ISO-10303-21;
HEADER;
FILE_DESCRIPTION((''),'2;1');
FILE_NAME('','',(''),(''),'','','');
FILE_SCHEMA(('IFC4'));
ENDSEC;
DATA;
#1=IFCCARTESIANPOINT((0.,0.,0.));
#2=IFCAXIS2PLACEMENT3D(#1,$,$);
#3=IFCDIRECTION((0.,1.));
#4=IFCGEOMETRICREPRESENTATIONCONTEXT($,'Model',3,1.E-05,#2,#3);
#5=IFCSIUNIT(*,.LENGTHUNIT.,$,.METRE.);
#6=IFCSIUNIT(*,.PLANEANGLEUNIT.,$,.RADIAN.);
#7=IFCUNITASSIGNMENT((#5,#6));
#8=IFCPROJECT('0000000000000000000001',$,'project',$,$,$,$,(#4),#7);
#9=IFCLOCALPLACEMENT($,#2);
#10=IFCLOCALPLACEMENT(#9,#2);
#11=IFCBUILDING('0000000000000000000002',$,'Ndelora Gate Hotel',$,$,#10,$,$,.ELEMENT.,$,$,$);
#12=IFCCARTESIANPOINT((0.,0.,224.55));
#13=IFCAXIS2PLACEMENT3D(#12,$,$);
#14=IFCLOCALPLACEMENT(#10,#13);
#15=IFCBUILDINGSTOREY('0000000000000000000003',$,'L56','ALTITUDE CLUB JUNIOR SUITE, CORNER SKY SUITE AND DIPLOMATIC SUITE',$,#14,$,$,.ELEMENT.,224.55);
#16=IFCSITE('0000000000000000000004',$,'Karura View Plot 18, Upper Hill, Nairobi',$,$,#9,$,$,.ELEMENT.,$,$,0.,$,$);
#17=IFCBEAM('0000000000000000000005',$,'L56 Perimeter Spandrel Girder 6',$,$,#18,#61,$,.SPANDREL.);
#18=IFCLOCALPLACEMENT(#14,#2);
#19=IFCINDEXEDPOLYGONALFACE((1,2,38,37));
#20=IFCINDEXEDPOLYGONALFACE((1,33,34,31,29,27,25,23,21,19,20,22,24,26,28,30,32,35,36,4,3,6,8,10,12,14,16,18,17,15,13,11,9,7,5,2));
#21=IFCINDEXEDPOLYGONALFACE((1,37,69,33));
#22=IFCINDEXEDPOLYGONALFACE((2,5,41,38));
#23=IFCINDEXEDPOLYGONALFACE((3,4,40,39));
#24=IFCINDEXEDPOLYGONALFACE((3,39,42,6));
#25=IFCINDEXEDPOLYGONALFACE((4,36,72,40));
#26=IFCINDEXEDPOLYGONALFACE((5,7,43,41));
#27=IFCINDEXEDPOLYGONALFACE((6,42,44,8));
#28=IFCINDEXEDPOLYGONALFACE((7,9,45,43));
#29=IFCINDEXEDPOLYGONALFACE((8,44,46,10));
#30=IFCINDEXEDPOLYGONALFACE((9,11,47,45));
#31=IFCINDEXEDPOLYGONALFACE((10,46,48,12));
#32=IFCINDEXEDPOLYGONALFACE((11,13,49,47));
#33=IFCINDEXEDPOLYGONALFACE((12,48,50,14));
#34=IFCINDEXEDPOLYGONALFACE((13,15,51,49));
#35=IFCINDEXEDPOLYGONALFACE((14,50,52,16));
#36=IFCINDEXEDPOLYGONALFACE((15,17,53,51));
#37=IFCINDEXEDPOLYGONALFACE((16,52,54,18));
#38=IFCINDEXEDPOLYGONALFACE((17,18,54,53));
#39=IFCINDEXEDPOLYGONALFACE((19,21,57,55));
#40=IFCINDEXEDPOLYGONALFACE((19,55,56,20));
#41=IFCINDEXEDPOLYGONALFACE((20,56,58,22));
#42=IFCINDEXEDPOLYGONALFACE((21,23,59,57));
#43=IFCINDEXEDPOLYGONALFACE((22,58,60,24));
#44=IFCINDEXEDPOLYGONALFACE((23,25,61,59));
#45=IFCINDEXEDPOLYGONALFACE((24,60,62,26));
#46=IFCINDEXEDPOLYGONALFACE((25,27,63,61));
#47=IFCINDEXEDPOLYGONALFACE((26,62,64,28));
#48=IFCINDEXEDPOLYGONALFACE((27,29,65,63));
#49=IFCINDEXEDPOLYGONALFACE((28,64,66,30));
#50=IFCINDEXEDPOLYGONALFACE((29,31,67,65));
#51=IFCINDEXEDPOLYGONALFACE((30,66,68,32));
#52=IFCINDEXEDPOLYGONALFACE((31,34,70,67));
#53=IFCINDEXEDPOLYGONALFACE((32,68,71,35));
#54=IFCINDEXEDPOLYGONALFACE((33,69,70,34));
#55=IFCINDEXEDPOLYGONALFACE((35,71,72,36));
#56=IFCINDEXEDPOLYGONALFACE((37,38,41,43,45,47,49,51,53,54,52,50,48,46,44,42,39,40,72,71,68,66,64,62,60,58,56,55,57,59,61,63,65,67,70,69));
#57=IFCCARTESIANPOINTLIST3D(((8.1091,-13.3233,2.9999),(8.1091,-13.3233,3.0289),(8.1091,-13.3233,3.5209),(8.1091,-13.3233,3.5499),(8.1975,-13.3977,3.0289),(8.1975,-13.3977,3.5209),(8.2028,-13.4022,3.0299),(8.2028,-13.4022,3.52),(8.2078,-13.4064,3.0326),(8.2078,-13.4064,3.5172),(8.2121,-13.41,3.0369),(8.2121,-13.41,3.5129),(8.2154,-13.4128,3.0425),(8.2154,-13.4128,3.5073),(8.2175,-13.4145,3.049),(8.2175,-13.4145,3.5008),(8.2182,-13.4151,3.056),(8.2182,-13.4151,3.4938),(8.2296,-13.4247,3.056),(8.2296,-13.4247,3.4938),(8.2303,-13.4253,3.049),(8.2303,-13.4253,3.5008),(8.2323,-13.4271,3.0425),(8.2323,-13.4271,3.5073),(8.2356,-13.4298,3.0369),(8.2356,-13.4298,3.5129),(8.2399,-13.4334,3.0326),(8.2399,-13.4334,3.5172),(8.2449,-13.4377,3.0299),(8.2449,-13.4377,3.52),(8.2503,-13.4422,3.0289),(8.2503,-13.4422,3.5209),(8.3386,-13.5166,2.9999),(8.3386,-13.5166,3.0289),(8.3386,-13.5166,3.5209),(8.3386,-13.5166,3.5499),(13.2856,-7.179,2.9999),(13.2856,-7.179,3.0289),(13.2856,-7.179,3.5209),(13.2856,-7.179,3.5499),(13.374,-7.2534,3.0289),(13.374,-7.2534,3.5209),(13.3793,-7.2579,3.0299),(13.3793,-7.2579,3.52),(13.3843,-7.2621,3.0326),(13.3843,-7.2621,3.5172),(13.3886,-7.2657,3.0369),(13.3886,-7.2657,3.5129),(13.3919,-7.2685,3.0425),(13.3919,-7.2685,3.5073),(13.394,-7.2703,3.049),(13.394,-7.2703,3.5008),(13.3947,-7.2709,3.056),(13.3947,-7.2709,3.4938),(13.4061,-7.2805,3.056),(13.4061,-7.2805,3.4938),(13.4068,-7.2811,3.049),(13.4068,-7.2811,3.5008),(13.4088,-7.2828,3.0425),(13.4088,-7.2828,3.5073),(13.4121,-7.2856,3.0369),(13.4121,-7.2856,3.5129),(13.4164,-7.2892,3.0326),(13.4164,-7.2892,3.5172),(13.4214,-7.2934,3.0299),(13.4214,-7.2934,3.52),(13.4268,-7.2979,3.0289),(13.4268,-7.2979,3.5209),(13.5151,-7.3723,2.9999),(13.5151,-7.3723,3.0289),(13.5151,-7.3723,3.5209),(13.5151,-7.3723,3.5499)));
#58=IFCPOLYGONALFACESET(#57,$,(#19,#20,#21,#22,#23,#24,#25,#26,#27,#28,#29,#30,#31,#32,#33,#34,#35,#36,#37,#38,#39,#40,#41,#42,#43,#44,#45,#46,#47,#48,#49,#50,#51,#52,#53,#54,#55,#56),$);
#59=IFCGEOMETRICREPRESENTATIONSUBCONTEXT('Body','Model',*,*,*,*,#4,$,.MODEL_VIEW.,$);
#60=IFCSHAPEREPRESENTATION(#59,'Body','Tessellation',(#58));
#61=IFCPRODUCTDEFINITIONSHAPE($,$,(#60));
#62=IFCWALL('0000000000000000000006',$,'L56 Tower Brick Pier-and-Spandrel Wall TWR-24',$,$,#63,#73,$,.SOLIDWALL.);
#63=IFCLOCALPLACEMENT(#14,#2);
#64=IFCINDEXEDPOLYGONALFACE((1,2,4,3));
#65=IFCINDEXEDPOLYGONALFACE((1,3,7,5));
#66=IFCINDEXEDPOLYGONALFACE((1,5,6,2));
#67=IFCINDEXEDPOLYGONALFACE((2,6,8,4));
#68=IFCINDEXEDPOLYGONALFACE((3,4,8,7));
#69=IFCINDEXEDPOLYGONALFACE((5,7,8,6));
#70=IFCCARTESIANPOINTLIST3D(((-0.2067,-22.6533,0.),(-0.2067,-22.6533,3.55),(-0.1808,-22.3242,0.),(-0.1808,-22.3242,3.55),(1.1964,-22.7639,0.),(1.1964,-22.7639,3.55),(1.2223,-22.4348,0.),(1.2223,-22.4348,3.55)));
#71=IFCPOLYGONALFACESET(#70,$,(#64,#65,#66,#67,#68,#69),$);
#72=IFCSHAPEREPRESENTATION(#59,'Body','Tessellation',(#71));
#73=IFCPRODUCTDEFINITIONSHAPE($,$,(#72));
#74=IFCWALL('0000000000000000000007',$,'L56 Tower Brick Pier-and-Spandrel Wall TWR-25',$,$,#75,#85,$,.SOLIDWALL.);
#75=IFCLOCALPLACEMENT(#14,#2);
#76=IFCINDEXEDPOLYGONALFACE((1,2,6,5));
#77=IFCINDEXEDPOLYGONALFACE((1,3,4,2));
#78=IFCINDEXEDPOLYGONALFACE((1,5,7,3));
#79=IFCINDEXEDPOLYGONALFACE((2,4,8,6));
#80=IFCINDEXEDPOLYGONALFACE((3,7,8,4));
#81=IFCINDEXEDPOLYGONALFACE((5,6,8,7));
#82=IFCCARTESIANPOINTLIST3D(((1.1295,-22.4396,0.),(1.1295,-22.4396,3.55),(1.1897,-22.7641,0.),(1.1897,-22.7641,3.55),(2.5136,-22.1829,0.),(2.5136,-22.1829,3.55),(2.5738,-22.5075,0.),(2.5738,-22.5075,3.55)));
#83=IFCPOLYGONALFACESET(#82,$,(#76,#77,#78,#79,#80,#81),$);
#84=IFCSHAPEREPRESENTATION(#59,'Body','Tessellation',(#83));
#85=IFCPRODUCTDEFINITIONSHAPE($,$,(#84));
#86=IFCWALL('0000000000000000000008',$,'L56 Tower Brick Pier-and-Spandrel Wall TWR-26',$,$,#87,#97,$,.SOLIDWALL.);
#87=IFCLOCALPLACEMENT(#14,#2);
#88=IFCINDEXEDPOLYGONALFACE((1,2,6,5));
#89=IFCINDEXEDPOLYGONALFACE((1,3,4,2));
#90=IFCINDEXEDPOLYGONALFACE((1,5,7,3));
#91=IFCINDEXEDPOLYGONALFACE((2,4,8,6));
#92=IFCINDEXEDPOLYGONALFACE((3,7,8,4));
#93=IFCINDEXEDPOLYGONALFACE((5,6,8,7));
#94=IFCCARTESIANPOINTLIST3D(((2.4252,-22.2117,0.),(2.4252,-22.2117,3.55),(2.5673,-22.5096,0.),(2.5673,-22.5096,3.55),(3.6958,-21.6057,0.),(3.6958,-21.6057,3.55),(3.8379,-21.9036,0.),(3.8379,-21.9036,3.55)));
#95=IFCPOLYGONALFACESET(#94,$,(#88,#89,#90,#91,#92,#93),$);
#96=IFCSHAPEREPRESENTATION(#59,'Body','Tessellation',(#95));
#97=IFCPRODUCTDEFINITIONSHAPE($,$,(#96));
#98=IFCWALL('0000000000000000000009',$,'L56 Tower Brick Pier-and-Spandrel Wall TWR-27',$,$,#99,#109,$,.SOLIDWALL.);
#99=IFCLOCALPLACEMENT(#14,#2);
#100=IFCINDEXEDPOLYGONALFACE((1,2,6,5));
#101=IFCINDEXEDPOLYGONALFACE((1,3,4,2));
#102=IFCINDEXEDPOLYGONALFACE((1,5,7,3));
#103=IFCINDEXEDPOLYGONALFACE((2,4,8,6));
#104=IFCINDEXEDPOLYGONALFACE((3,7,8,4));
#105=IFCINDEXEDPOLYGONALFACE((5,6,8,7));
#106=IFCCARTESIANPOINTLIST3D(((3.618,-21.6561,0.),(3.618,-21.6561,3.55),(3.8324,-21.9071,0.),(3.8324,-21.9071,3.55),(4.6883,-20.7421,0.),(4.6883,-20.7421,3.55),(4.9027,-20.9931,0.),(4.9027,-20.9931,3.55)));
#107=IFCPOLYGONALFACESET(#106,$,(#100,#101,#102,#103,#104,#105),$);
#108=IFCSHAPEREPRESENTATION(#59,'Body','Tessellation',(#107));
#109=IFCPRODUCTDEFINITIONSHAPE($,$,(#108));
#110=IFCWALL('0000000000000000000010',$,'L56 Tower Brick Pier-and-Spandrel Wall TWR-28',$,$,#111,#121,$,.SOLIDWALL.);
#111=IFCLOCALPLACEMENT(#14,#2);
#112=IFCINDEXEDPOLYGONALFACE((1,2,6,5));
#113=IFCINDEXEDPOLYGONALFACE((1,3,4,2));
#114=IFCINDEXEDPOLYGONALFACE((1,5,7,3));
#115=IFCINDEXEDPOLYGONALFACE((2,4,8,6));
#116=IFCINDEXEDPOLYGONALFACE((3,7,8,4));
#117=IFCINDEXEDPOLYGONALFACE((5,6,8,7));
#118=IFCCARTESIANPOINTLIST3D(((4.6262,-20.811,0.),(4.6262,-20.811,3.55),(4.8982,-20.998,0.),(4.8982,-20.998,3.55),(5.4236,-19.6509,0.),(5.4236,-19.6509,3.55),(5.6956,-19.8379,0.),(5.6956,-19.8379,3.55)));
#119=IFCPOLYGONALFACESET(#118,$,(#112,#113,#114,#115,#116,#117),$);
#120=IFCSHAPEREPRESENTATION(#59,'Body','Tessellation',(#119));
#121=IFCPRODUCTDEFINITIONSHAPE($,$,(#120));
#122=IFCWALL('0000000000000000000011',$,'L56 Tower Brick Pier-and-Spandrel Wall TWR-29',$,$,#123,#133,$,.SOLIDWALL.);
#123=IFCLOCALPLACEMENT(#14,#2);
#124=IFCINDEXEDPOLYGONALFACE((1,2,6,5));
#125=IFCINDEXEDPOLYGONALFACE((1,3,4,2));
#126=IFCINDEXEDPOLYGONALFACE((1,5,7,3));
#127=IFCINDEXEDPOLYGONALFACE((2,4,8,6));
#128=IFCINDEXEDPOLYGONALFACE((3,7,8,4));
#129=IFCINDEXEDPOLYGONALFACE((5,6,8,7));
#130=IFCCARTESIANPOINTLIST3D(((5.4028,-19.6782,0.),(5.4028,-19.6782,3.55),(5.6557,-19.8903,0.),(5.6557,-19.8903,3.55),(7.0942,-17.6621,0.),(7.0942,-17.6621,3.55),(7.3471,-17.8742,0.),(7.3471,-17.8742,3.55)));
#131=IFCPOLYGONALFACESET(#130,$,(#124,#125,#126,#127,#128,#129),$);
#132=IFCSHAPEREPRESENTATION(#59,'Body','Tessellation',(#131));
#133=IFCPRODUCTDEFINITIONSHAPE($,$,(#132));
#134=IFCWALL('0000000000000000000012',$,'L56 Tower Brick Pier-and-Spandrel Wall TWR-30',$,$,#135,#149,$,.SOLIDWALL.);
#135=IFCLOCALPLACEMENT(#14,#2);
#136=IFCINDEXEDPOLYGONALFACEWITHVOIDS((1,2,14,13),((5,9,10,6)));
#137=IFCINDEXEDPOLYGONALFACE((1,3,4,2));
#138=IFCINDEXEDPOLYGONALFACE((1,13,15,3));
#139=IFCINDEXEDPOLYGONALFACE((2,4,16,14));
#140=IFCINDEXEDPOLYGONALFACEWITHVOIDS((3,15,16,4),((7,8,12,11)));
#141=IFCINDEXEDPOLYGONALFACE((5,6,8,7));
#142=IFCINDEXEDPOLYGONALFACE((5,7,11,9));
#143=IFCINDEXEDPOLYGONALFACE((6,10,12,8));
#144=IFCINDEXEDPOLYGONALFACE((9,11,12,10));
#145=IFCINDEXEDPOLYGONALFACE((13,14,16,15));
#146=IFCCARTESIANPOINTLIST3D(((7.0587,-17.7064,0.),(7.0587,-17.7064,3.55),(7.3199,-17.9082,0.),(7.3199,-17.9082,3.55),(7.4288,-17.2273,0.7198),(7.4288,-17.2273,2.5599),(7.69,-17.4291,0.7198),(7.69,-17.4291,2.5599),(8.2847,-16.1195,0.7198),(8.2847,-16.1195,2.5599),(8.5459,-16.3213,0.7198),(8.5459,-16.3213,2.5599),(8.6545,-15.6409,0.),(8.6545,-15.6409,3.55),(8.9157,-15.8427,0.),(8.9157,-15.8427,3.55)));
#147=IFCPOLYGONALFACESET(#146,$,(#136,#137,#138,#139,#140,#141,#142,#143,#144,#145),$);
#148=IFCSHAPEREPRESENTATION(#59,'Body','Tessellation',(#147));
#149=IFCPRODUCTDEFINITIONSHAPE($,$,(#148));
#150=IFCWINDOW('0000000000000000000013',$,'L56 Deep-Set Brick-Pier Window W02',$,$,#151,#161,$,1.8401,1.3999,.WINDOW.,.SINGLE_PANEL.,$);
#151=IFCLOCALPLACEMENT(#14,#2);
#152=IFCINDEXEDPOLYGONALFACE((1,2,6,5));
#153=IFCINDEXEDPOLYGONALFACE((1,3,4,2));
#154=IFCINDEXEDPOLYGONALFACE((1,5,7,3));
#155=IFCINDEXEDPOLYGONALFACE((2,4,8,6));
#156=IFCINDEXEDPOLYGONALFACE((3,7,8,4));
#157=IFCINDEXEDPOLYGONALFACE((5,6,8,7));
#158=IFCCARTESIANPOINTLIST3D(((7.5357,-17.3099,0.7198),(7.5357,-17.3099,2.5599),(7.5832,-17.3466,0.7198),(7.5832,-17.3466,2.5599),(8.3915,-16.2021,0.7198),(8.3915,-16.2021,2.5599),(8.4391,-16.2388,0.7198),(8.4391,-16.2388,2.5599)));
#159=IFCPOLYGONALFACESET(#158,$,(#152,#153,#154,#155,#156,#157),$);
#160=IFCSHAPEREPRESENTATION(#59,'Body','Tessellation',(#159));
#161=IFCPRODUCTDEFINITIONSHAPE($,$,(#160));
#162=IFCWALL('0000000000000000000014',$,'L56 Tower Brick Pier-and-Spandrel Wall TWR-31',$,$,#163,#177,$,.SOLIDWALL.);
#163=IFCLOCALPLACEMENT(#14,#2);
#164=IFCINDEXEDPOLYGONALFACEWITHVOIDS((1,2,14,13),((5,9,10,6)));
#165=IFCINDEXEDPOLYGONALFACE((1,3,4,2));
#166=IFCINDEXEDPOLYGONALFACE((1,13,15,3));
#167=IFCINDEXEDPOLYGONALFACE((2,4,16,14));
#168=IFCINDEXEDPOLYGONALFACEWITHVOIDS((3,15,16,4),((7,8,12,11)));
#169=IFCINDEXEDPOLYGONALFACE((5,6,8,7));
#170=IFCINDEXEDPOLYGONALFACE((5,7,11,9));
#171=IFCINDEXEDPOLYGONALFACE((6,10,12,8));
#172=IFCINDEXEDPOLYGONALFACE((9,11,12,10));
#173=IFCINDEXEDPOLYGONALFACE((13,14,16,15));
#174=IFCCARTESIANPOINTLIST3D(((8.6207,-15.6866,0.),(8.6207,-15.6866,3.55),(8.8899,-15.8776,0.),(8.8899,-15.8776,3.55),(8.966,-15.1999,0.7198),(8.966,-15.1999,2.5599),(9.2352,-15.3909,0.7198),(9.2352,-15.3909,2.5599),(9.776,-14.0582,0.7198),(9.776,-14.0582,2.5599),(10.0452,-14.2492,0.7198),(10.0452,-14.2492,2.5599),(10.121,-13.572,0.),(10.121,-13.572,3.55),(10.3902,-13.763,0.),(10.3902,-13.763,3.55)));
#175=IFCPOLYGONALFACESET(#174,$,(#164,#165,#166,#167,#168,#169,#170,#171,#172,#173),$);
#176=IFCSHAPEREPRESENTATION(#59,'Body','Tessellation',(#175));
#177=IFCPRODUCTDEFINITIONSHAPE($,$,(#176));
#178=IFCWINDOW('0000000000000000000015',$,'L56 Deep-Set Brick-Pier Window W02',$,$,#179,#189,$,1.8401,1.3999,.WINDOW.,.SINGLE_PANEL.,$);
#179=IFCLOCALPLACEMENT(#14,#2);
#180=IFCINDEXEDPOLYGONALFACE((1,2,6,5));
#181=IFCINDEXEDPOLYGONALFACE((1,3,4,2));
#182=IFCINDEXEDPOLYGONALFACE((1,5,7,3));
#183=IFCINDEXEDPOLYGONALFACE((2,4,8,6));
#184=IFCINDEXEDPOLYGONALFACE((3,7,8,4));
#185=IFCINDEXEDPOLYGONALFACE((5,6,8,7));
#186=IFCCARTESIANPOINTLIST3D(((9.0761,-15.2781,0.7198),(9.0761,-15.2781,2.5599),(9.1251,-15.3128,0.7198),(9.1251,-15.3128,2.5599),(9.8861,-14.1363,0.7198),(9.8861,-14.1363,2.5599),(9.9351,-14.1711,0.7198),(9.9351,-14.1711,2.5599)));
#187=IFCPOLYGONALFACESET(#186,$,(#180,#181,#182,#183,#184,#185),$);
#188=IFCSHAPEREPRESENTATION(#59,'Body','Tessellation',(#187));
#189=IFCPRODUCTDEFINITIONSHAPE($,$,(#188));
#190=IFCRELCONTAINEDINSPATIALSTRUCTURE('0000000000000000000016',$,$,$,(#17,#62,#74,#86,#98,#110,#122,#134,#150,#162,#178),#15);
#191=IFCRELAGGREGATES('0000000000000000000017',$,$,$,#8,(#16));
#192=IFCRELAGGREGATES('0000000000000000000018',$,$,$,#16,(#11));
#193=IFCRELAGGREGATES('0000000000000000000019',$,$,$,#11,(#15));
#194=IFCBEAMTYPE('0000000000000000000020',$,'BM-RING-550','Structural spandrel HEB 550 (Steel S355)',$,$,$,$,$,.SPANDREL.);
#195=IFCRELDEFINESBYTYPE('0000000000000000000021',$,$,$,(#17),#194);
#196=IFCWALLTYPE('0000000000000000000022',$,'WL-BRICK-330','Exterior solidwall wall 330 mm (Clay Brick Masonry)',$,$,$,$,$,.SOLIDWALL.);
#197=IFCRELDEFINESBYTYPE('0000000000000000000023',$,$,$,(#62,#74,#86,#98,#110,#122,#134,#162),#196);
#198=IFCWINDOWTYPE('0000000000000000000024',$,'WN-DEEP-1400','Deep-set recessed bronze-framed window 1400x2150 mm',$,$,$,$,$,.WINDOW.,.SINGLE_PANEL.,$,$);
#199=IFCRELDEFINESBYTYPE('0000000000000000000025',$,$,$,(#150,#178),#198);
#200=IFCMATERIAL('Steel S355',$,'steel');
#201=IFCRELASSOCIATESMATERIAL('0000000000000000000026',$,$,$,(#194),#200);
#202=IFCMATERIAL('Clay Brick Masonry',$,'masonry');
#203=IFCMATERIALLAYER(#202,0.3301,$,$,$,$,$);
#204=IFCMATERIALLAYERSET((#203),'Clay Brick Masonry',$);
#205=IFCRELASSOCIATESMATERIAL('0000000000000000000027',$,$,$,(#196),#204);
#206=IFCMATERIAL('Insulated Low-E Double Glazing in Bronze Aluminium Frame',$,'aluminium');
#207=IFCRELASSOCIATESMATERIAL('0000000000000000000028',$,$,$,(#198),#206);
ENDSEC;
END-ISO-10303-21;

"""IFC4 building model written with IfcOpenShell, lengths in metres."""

from ifc_helpers import new_model, si_unit, direction, frame, frame_2d, origin, origin_2d, place, context, subcontext, project, spatial, rectangle, i_section, extrude, material, layer, layer_set, material_profile, profile_set, type_object, element, fill, save


model = new_model("IFC4")

# Units and contexts
model_context = context("Model", 3, precision=1e-05, world=origin(), true_north=direction((0.0, 1.0)))
body_context = subcontext(model_context, "Body", "Model", "MODEL_VIEW")
ifc_project = project(units=[si_unit("LENGTHUNIT", "METRE"), si_unit("PLANEANGLEUNIT", "RADIAN")], contexts=[model_context])

# Site, building, storey
site_placement = place(None, origin())
site = spatial("IfcSite", under=ifc_project, at=site_placement, Name="Karura View Plot 18, Upper Hill, Nairobi", CompositionType="ELEMENT", RefElevation=0.0)
building_placement = place(site_placement, origin())
building = spatial("IfcBuilding", under=site, at=building_placement, Name="Ndelora Gate Hotel", CompositionType="ELEMENT")
storey_placement = place(building_placement, frame((0.0, 0.0, 224.55)))
storey = spatial("IfcBuildingStorey", under=building, at=storey_placement, Name="L56", Description="ALTITUDE CLUB JUNIOR SUITE, CORNER SKY SUITE AND DIPLOMATIC SUITE", CompositionType="ELEMENT", Elevation=224.55)

# Beam
ifc_material_1 = material(Name="Steel S355", Category="steel")
ifc_material_profile_1 = material_profile(ifc_material_1, i_section(OverallWidth=0.3, OverallDepth=0.55, WebThickness=0.0149, FlangeThickness=0.0291, FilletRadius=0.0271, at=origin_2d()), Name="HEB 550")
ifc_profile_set_1 = profile_set([ifc_material_profile_1], Name="Steel S355")
beam_type_1 = type_object("IfcBeamType", Name="BM-RING-550", Description="Structural spandrel HEB 550 (Steel S355)", PredefinedType="SPANDREL", material=ifc_profile_set_1)
beam_1_placement = place(storey_placement, frame((8.2239, -13.4199, 3.2749), z_axis=(0.644309, 0.764765, 0.0), x_axis=(-0.764765, 0.644309, 0.0)))
element("IfcBeam", 1, at=beam_1_placement, inside=storey, type_object=beam_type_1, Name="L56 Perimeter Spandrel Girder 6", PredefinedType="SPANDREL", context=body_context, shape_type="SweptSolid", body=[
    extrude(i_section(OverallWidth=0.3, OverallDepth=0.55, WebThickness=0.0149, FlangeThickness=0.0291, FilletRadius=0.0271, at=origin_2d()), origin(), (0.0, 0.0, 1.0), 8.0342),
])

# Walls
ifc_material_2 = material(Name="Clay Brick Masonry", Category="masonry")
ifc_layer_1 = layer(ifc_material_2, 0.3301)
ifc_layer_set_1 = layer_set([ifc_layer_1], Name="Clay Brick Masonry")
wall_type = type_object("IfcWallType", Name="WL-BRICK-330", Description="Exterior solidwall wall 330 mm (Clay Brick Masonry)", PredefinedType="SOLIDWALL", material=ifc_layer_set_1)
wall_1_placement = place(storey_placement, frame((1.2092, -22.5994, 0.0), z_axis=(0.0, 0.0, 1.0), x_axis=(-0.996908, 0.07858, 0.0)))
element("IfcWall", 2, at=wall_1_placement, inside=storey, type_object=wall_type, Name="L56 Tower Brick Pier-and-Spandrel Wall TWR-24", PredefinedType="SOLIDWALL", context=body_context, shape_type="SweptSolid", body=[
    extrude(rectangle(XDim=1.4075, YDim=0.3301, at=frame_2d((0.7036, 0.0))), origin(), (0.0, 0.0, 1.0), 3.55),
])
for number, where, z_axis, x_axis, name in (
    (3, (2.5437, -22.3452, 0.0), (0.0, 0.0, 1.0), (-0.983245, -0.182288, 0.0), "L56 Tower Brick Pier-and-Spandrel Wall TWR-25"),
    (4, (3.7668, -21.7546, 0.0), (0.0, 0.0, 1.0), (-0.902597, -0.430486, 0.0), "L56 Tower Brick Pier-and-Spandrel Wall TWR-26"),
):
    element("IfcWall", number, at=place(storey_placement, frame(where, z_axis=z_axis, x_axis=x_axis)), inside=storey, type_object=wall_type, Name=name, PredefinedType="SOLIDWALL", context=body_context, shape_type="SweptSolid", body=[
        extrude(rectangle(XDim=1.4077, YDim=0.3301, at=frame_2d((0.7039, 0.0))), origin(), (0.0, 0.0, 1.0), 3.55),
    ])
wall_2_placement = place(storey_placement, frame((4.7954, -20.8677, 0.0), z_axis=(0.0, 0.0, 1.0), x_axis=(-0.760431, -0.649419, 0.0)))
element("IfcWall", 5, at=wall_2_placement, inside=storey, type_object=wall_type, Name="L56 Tower Brick Pier-and-Spandrel Wall TWR-27", PredefinedType="SOLIDWALL", context=body_context, shape_type="SweptSolid", body=[
    extrude(rectangle(XDim=1.4075, YDim=0.3301, at=frame_2d((0.7036, 0.0))), origin(), (0.0, 0.0, 1.0), 3.55),
])
wall_3_placement = place(storey_placement, frame((5.5596, -19.7444, 0.0), z_axis=(0.0, 0.0, 1.0), x_axis=(-0.566411, -0.824123, 0.0)))
element("IfcWall", 6, at=wall_3_placement, inside=storey, type_object=wall_type, Name="L56 Tower Brick Pier-and-Spandrel Wall TWR-28", PredefinedType="SOLIDWALL", context=body_context, shape_type="SweptSolid", body=[
    extrude(rectangle(XDim=1.4077, YDim=0.3301, at=frame_2d((0.7039, 0.0))), origin(), (0.0, 0.0, 1.0), 3.55),
])
wall_4_placement = place(storey_placement, frame((7.2207, -17.7681, 0.0), z_axis=(0.0, 0.0, 1.0), x_axis=(-0.642718, -0.766103, 0.0)))
element("IfcWall", 7, at=wall_4_placement, inside=storey, type_object=wall_type, Name="L56 Tower Brick Pier-and-Spandrel Wall TWR-29", PredefinedType="SOLIDWALL", context=body_context, shape_type="SweptSolid", body=[
    extrude(rectangle(XDim=2.6316, YDim=0.3301, at=frame_2d((1.3159, 0.0))), origin(), (0.0, 0.0, 1.0), 3.55),
])

# Walls, openings, windows
wall_5_placement = place(storey_placement, frame((8.7852, -15.7417, 0.0), z_axis=(0.0, 0.0, 1.0), x_axis=(-0.611373, -0.791343, 0.0)))
wall_5 = element("IfcWall", 8, at=wall_5_placement, inside=storey, type_object=wall_type, Name="L56 Tower Brick Pier-and-Spandrel Wall TWR-30", PredefinedType="SOLIDWALL", context=body_context, shape_type="SweptSolid", body=[
    extrude(rectangle(XDim=2.6101, YDim=0.3301, at=frame_2d((1.3052, 0.0))), origin(), (0.0, 0.0, 1.0), 3.55),
])
opening_1_placement = place(wall_5_placement, frame((0.605, 0.0, 0.72)))
opening_1 = element("IfcOpeningElement", 9, at=opening_1_placement, cuts=wall_5, PredefinedType="OPENING", context=body_context, shape_type="SweptSolid", body=[
    extrude(rectangle(XDim=1.3999, YDim=1.8401, at=frame_2d((0.7, 0.9199))), frame((0.0, 0.175, 0.0), z_axis=(0.0, -1.0, 0.0), x_axis=(1.0, 0.0, 0.0)), (0.0, 0.0, 1.0), 0.3501),
])
ifc_material_3 = material(Name="Insulated Low-E Double Glazing in Bronze Aluminium Frame", Category="aluminium")
window_type = type_object("IfcWindowType", Name="WN-DEEP-1400", Description="Deep-set recessed bronze-framed window 1400x2150 mm", PartitioningType="SINGLE_PANEL", PredefinedType="WINDOW", material=ifc_material_3)
window_1_placement = place(opening_1_placement, origin())
window_1 = element("IfcWindow", 10, at=window_1_placement, inside=storey, type_object=window_type, Name="L56 Deep-Set Brick-Pier Window W02", OverallHeight=1.8401, OverallWidth=1.3999, PartitioningType="SINGLE_PANEL", PredefinedType="WINDOW", context=body_context, shape_type="SweptSolid", body=[
    extrude(rectangle(XDim=1.3999, YDim=1.8401, at=frame_2d((0.7, 0.9199))), frame((0.0, 0.03, 0.0), z_axis=(0.0, -1.0, 0.0), x_axis=(1.0, 0.0, 0.0)), (0.0, 0.0, 1.0), 0.0601),
])
fill(opening_1, window_1)
wall_6_placement = place(storey_placement, frame((10.2556, -13.6675, 0.0), z_axis=(0.0, 0.0, 1.0), x_axis=(-0.578652, -0.815575, 0.0)))
wall_6 = element("IfcWall", 11, at=wall_6_placement, inside=storey, type_object=wall_type, Name="L56 Tower Brick Pier-and-Spandrel Wall TWR-31", PredefinedType="SOLIDWALL", context=body_context, shape_type="SweptSolid", body=[
    extrude(rectangle(XDim=2.5928, YDim=0.3301, at=frame_2d((1.2964, 0.0))), origin(), (0.0, 0.0, 1.0), 3.55),
])
opening_2_placement = place(wall_6_placement, frame((0.5962, 0.0, 0.72)))
opening_2 = element("IfcOpeningElement", 12, at=opening_2_placement, cuts=wall_6, PredefinedType="OPENING", context=body_context, shape_type="SweptSolid", body=[
    extrude(rectangle(XDim=1.3999, YDim=1.8401, at=frame_2d((0.7, 0.9199))), frame((0.0, 0.175, 0.0), z_axis=(0.0, -1.0, 0.0), x_axis=(1.0, 0.0, 0.0)), (0.0, 0.0, 1.0), 0.3501),
])
window_2_placement = place(opening_2_placement, origin())
window_2 = element("IfcWindow", 13, at=window_2_placement, inside=storey, type_object=window_type, Name="L56 Deep-Set Brick-Pier Window W02", OverallHeight=1.8401, OverallWidth=1.3999, PartitioningType="SINGLE_PANEL", PredefinedType="WINDOW", context=body_context, shape_type="SweptSolid", body=[
    extrude(rectangle(XDim=1.3999, YDim=1.8401, at=frame_2d((0.7, 0.9199))), frame((0.0, 0.03, 0.0), z_axis=(0.0, -1.0, 0.0), x_axis=(1.0, 0.0, 0.0)), (0.0, 0.0, 1.0), 0.0601),
])
fill(opening_2, window_2)

save(model, "model.ifc")
